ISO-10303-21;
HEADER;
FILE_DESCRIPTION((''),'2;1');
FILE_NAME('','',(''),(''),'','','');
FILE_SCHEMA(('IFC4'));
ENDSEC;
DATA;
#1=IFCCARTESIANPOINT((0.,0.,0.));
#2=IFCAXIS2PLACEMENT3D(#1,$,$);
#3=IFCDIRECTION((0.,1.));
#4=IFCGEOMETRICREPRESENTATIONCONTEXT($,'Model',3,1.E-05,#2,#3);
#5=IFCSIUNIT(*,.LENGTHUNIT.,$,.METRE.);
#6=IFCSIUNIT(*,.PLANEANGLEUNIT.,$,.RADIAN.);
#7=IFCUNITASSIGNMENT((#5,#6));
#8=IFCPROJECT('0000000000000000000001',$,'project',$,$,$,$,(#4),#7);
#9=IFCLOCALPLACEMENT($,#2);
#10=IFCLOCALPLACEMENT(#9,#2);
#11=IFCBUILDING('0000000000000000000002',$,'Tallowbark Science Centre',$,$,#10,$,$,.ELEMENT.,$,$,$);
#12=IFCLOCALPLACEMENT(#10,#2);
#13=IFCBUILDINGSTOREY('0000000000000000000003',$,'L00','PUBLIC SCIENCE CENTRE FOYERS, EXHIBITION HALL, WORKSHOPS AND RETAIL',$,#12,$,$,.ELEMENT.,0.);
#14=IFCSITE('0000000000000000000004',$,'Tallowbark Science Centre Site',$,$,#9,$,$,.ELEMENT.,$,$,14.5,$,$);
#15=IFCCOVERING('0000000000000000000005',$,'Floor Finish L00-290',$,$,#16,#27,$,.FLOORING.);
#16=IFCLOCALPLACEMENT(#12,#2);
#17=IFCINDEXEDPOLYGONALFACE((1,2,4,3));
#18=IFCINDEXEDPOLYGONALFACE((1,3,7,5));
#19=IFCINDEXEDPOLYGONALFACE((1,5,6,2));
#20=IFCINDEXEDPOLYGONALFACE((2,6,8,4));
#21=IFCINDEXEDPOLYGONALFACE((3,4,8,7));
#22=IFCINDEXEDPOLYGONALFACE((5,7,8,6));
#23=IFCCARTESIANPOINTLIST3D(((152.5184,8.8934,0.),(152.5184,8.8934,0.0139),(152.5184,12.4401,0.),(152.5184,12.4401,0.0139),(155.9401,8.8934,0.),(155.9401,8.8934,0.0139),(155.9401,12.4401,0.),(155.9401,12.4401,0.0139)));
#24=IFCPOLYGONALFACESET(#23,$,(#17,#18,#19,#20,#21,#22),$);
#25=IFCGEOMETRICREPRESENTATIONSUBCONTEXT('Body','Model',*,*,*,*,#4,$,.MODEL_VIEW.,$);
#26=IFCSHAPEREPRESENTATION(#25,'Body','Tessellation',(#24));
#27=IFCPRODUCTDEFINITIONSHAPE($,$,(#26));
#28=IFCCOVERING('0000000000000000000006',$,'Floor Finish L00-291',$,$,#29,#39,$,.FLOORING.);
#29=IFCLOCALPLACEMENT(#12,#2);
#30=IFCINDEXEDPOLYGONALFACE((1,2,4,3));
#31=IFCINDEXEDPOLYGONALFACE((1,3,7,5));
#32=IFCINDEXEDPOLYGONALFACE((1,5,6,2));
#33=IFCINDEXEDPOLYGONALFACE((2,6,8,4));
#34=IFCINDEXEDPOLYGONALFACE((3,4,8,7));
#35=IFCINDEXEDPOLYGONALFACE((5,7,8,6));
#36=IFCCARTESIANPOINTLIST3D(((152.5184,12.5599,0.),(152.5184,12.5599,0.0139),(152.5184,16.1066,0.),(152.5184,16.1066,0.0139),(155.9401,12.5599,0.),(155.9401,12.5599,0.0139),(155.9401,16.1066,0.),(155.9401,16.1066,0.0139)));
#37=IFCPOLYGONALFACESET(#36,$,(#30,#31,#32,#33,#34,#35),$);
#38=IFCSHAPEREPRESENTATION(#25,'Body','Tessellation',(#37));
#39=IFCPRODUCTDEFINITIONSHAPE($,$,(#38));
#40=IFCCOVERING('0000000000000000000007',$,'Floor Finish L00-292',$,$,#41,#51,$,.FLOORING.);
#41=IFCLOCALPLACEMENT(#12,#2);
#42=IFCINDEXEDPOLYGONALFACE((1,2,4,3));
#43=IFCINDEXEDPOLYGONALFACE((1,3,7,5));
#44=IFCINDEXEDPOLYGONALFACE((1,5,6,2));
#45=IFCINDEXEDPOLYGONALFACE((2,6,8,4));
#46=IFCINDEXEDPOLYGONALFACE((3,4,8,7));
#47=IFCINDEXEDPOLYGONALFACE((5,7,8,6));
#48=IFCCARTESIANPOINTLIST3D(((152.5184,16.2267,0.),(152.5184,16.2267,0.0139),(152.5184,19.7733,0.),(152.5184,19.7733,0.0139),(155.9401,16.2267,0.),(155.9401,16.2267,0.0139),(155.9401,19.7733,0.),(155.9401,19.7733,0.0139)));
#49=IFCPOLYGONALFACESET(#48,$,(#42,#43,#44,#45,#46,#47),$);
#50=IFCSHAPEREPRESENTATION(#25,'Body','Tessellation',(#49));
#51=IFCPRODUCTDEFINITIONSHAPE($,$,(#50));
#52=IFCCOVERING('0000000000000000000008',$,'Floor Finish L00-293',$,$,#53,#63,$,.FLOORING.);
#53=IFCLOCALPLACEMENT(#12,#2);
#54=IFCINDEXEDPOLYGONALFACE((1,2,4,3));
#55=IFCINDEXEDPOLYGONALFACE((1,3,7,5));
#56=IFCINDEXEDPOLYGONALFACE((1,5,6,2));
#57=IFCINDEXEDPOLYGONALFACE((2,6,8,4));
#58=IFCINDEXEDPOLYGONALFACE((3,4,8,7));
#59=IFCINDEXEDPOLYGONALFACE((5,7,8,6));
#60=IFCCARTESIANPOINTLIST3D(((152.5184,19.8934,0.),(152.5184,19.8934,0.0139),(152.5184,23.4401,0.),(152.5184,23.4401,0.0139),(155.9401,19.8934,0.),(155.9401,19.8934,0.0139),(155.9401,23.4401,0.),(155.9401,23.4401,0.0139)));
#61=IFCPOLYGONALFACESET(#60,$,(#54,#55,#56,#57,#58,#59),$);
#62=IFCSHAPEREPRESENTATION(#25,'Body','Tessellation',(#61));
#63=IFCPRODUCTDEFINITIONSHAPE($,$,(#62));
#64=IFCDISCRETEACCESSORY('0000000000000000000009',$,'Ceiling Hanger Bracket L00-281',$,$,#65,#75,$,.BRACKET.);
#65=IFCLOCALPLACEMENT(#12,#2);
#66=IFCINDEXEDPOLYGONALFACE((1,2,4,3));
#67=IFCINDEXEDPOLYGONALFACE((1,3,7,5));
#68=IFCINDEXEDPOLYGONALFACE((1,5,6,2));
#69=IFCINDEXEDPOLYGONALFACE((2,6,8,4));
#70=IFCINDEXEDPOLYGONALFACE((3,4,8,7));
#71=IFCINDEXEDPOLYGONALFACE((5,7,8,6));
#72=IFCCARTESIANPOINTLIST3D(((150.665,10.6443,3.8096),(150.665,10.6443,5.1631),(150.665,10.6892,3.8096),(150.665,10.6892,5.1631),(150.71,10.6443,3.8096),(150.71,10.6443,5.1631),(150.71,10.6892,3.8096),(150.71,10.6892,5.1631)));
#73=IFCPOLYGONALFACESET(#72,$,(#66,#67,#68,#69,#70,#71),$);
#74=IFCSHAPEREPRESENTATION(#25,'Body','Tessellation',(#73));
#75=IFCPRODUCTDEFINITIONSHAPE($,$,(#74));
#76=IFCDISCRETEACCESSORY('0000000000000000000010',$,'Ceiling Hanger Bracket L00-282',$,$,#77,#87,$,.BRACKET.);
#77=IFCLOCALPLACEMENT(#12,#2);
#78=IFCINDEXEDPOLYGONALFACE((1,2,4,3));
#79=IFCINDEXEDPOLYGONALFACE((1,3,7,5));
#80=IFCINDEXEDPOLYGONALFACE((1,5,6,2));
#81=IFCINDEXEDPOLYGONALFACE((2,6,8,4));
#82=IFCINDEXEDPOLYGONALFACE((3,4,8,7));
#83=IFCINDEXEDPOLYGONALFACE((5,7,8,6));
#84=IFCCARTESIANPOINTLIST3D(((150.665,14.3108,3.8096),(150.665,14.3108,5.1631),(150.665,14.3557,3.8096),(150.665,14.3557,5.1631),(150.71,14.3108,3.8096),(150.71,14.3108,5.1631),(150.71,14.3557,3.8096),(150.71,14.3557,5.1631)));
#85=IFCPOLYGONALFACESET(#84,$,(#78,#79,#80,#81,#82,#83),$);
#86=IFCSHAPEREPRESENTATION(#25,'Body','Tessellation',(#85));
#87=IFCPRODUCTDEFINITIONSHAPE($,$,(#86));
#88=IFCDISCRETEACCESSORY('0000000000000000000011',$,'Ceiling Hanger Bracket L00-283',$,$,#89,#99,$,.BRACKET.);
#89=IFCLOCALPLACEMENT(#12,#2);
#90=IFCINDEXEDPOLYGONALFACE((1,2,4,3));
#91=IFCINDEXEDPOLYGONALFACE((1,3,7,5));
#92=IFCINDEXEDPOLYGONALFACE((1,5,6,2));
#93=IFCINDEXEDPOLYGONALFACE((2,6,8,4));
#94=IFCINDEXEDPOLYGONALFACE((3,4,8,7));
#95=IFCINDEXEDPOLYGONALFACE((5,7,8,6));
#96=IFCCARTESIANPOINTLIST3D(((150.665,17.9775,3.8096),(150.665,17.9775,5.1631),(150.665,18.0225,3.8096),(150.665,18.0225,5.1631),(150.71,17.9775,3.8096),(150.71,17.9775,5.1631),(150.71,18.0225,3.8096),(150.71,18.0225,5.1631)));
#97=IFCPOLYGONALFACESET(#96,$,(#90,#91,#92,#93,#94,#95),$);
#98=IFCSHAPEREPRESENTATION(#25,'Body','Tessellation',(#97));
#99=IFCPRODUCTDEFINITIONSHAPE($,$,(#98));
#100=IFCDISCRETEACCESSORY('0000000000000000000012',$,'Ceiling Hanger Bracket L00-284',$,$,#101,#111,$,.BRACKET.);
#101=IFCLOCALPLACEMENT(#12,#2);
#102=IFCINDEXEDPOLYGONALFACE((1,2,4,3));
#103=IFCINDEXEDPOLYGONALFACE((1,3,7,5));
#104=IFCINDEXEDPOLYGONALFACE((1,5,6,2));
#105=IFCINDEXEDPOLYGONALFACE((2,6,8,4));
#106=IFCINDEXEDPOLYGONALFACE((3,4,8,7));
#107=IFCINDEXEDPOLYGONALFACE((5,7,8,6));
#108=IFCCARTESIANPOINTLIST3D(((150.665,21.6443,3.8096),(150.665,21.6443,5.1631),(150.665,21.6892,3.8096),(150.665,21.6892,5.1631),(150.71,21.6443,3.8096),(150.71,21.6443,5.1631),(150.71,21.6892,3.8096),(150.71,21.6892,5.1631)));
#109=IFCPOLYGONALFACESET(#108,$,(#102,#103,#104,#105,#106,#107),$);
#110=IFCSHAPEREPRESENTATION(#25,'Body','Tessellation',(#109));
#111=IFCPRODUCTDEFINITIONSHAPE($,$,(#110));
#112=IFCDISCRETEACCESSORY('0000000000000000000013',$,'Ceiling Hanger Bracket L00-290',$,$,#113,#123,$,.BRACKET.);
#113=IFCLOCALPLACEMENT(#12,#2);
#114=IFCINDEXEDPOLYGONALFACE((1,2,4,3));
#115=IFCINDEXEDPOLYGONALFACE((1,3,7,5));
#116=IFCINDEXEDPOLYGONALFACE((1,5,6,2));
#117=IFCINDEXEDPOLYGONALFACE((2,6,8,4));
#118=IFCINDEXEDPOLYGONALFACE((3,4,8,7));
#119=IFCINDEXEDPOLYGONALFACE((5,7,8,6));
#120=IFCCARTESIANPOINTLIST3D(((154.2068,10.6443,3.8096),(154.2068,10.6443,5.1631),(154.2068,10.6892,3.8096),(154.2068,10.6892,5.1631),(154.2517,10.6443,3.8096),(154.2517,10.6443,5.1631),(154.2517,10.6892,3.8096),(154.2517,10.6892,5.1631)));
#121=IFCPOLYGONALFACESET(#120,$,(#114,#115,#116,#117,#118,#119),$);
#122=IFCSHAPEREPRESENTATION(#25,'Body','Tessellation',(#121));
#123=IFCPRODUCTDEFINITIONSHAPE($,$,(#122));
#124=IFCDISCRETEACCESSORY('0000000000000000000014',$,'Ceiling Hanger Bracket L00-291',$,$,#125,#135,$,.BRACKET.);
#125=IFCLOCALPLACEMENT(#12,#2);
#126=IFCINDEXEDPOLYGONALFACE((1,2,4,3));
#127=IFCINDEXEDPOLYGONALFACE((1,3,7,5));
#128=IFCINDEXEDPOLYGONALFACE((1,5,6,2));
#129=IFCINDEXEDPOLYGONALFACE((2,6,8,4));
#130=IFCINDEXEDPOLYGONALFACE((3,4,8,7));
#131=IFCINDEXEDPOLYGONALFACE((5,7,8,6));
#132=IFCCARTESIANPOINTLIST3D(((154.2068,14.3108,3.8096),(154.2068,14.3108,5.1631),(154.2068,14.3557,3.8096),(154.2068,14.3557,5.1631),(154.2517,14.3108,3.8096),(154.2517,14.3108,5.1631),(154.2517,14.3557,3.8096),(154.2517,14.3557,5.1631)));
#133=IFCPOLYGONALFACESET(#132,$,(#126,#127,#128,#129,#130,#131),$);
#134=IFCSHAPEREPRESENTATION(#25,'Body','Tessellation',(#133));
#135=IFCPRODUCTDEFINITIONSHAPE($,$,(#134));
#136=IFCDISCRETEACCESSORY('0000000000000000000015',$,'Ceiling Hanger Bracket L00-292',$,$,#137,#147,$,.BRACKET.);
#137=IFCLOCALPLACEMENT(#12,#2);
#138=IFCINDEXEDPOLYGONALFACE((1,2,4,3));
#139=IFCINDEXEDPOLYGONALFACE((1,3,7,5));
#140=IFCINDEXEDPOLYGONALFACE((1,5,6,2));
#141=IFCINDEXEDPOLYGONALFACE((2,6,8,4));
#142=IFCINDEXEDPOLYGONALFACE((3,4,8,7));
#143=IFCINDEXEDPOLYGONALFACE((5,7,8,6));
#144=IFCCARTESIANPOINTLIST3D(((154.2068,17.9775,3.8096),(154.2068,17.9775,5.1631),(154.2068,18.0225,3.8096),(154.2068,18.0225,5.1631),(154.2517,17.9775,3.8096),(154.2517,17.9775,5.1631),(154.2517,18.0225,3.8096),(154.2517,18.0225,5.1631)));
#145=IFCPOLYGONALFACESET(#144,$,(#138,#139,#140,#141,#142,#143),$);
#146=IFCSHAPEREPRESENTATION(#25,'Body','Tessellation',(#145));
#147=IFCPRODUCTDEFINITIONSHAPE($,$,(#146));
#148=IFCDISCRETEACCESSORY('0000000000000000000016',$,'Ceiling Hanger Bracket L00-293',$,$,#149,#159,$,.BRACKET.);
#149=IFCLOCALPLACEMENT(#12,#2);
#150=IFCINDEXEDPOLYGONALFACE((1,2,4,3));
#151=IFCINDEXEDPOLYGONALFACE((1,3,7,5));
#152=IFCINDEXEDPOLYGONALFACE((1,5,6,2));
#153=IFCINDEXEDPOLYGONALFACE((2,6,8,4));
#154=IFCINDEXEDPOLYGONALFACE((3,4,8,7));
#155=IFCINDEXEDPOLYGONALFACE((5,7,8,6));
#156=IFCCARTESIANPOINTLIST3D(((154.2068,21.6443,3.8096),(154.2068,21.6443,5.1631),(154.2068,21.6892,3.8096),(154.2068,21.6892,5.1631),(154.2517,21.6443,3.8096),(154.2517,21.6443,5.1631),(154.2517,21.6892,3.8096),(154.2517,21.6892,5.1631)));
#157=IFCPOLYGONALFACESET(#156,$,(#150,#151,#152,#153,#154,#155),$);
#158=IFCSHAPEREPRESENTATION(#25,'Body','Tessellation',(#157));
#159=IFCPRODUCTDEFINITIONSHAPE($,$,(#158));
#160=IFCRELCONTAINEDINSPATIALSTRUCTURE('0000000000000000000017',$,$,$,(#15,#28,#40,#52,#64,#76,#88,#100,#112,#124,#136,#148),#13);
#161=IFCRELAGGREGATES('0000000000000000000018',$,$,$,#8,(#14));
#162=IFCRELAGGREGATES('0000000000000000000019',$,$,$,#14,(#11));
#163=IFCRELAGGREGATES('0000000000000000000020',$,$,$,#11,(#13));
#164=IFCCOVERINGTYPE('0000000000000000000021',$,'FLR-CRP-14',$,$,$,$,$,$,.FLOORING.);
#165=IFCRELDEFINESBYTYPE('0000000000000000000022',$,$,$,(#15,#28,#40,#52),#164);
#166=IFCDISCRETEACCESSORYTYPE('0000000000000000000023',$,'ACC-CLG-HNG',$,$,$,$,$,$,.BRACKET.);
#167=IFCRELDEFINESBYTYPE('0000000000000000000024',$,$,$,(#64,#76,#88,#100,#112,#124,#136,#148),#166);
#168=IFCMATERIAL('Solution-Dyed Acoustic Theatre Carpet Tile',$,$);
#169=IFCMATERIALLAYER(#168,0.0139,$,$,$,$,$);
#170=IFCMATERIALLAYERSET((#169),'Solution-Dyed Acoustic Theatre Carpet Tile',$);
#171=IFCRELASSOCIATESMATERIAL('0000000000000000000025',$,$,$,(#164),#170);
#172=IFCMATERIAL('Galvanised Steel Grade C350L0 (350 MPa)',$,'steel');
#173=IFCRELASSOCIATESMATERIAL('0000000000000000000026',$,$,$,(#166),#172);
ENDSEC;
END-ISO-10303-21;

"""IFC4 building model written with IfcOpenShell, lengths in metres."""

from ifc_helpers import new_model, si_unit, direction, frame, origin, origin_2d, place, context, subcontext, project, spatial, rectangle, extrude, material, layer, layer_set, type_object, element, save


model = new_model("IFC4")

# Units and contexts
model_context = context("Model", 3, precision=1e-05, world=origin(), true_north=direction((0.0, 1.0)))
body_context = subcontext(model_context, "Body", "Model", "MODEL_VIEW")
ifc_project = project(units=[si_unit("LENGTHUNIT", "METRE"), si_unit("PLANEANGLEUNIT", "RADIAN")], contexts=[model_context])

# Site, building, storey
site_placement = place(None, origin())
site = spatial("IfcSite", under=ifc_project, at=site_placement, Name="Tallowbark Science Centre Site", CompositionType="ELEMENT", RefElevation=14.5)
building_placement = place(site_placement, origin())
building = spatial("IfcBuilding", under=site, at=building_placement, Name="Tallowbark Science Centre", CompositionType="ELEMENT")
storey_placement = place(building_placement, origin())
storey = spatial("IfcBuildingStorey", under=building, at=storey_placement, Name="L00", Description="PUBLIC SCIENCE CENTRE FOYERS, EXHIBITION HALL, WORKSHOPS AND RETAIL", CompositionType="ELEMENT", Elevation=0.0)

# Coverings
ifc_material_1 = material(Name="Solution-Dyed Acoustic Theatre Carpet Tile")
ifc_layer_1 = layer(ifc_material_1, 0.0139)
ifc_layer_set_1 = layer_set([ifc_layer_1], Name="Solution-Dyed Acoustic Theatre Carpet Tile")
covering_type_1 = type_object("IfcCoveringType", Name="FLR-CRP-14", PredefinedType="FLOORING", material=ifc_layer_set_1)
for number, where, z_axis, x_axis, name in (
    (1, (154.2292, 10.6667, 0.0), (0.0, 0.0, 1.0), (1.0, 0.0, 0.0), "Floor Finish L00-290"),
    (2, (154.2292, 14.3333, 0.0), (0.0, 0.0, 1.0), (1.0, 0.0, 0.0), "Floor Finish L00-291"),
    (3, (154.2292, 18.0, 0.0), (0.0, 0.0, 1.0), (1.0, 0.0, 0.0), "Floor Finish L00-292"),
    (4, (154.2292, 21.6667, 0.0), (0.0, 0.0, 1.0), (1.0, 0.0, 0.0), "Floor Finish L00-293"),
):
    element("IfcCovering", number, at=place(storey_placement, frame(where, z_axis=z_axis, x_axis=x_axis)), inside=storey, type_object=covering_type_1, Name=name, PredefinedType="FLOORING", context=body_context, shape_type="SweptSolid", body=[
        extrude(rectangle(XDim=3.4216, YDim=3.5466, at=origin_2d()), origin(), (0.0, 0.0, 1.0), 0.0139),
    ])

# Discrete accessories
ifc_material_2 = material(Name="Galvanised Steel Grade C350L0 (350 MPa)", Category="steel")
discrete_accessory_type = type_object("IfcDiscreteAccessoryType", Name="ACC-CLG-HNG", PredefinedType="BRACKET", material=ifc_material_2)
for number, where, z_axis, x_axis, name in (
    (5, (150.6875, 10.6667, 3.8096), (0.0, 0.0, 1.0), (1.0, 0.0, 0.0), "Ceiling Hanger Bracket L00-281"),
    (6, (150.6875, 14.3333, 3.8096), (0.0, 0.0, 1.0), (1.0, 0.0, 0.0), "Ceiling Hanger Bracket L00-282"),
    (7, (150.6875, 18.0, 3.8096), (0.0, 0.0, 1.0), (1.0, 0.0, 0.0), "Ceiling Hanger Bracket L00-283"),
    (8, (150.6875, 21.6667, 3.8096), (0.0, 0.0, 1.0), (1.0, 0.0, 0.0), "Ceiling Hanger Bracket L00-284"),
    (9, (154.2292, 10.6667, 3.8096), (0.0, 0.0, 1.0), (1.0, 0.0, 0.0), "Ceiling Hanger Bracket L00-290"),
    (10, (154.2292, 14.3333, 3.8096), (0.0, 0.0, 1.0), (1.0, 0.0, 0.0), "Ceiling Hanger Bracket L00-291"),
    (11, (154.2292, 18.0, 3.8096), (0.0, 0.0, 1.0), (1.0, 0.0, 0.0), "Ceiling Hanger Bracket L00-292"),
    (12, (154.2292, 21.6667, 3.8096), (0.0, 0.0, 1.0), (1.0, 0.0, 0.0), "Ceiling Hanger Bracket L00-293"),
):
    element("IfcDiscreteAccessory", number, at=place(storey_placement, frame(where, z_axis=z_axis, x_axis=x_axis)), inside=storey, type_object=discrete_accessory_type, Name=name, PredefinedType="BRACKET", context=body_context, shape_type="SweptSolid", body=[
        extrude(rectangle(XDim=0.0449, YDim=0.0449, at=origin_2d()), origin(), (0.0, 0.0, 1.0), 1.3535),
    ])

save(model, "model.ifc")
